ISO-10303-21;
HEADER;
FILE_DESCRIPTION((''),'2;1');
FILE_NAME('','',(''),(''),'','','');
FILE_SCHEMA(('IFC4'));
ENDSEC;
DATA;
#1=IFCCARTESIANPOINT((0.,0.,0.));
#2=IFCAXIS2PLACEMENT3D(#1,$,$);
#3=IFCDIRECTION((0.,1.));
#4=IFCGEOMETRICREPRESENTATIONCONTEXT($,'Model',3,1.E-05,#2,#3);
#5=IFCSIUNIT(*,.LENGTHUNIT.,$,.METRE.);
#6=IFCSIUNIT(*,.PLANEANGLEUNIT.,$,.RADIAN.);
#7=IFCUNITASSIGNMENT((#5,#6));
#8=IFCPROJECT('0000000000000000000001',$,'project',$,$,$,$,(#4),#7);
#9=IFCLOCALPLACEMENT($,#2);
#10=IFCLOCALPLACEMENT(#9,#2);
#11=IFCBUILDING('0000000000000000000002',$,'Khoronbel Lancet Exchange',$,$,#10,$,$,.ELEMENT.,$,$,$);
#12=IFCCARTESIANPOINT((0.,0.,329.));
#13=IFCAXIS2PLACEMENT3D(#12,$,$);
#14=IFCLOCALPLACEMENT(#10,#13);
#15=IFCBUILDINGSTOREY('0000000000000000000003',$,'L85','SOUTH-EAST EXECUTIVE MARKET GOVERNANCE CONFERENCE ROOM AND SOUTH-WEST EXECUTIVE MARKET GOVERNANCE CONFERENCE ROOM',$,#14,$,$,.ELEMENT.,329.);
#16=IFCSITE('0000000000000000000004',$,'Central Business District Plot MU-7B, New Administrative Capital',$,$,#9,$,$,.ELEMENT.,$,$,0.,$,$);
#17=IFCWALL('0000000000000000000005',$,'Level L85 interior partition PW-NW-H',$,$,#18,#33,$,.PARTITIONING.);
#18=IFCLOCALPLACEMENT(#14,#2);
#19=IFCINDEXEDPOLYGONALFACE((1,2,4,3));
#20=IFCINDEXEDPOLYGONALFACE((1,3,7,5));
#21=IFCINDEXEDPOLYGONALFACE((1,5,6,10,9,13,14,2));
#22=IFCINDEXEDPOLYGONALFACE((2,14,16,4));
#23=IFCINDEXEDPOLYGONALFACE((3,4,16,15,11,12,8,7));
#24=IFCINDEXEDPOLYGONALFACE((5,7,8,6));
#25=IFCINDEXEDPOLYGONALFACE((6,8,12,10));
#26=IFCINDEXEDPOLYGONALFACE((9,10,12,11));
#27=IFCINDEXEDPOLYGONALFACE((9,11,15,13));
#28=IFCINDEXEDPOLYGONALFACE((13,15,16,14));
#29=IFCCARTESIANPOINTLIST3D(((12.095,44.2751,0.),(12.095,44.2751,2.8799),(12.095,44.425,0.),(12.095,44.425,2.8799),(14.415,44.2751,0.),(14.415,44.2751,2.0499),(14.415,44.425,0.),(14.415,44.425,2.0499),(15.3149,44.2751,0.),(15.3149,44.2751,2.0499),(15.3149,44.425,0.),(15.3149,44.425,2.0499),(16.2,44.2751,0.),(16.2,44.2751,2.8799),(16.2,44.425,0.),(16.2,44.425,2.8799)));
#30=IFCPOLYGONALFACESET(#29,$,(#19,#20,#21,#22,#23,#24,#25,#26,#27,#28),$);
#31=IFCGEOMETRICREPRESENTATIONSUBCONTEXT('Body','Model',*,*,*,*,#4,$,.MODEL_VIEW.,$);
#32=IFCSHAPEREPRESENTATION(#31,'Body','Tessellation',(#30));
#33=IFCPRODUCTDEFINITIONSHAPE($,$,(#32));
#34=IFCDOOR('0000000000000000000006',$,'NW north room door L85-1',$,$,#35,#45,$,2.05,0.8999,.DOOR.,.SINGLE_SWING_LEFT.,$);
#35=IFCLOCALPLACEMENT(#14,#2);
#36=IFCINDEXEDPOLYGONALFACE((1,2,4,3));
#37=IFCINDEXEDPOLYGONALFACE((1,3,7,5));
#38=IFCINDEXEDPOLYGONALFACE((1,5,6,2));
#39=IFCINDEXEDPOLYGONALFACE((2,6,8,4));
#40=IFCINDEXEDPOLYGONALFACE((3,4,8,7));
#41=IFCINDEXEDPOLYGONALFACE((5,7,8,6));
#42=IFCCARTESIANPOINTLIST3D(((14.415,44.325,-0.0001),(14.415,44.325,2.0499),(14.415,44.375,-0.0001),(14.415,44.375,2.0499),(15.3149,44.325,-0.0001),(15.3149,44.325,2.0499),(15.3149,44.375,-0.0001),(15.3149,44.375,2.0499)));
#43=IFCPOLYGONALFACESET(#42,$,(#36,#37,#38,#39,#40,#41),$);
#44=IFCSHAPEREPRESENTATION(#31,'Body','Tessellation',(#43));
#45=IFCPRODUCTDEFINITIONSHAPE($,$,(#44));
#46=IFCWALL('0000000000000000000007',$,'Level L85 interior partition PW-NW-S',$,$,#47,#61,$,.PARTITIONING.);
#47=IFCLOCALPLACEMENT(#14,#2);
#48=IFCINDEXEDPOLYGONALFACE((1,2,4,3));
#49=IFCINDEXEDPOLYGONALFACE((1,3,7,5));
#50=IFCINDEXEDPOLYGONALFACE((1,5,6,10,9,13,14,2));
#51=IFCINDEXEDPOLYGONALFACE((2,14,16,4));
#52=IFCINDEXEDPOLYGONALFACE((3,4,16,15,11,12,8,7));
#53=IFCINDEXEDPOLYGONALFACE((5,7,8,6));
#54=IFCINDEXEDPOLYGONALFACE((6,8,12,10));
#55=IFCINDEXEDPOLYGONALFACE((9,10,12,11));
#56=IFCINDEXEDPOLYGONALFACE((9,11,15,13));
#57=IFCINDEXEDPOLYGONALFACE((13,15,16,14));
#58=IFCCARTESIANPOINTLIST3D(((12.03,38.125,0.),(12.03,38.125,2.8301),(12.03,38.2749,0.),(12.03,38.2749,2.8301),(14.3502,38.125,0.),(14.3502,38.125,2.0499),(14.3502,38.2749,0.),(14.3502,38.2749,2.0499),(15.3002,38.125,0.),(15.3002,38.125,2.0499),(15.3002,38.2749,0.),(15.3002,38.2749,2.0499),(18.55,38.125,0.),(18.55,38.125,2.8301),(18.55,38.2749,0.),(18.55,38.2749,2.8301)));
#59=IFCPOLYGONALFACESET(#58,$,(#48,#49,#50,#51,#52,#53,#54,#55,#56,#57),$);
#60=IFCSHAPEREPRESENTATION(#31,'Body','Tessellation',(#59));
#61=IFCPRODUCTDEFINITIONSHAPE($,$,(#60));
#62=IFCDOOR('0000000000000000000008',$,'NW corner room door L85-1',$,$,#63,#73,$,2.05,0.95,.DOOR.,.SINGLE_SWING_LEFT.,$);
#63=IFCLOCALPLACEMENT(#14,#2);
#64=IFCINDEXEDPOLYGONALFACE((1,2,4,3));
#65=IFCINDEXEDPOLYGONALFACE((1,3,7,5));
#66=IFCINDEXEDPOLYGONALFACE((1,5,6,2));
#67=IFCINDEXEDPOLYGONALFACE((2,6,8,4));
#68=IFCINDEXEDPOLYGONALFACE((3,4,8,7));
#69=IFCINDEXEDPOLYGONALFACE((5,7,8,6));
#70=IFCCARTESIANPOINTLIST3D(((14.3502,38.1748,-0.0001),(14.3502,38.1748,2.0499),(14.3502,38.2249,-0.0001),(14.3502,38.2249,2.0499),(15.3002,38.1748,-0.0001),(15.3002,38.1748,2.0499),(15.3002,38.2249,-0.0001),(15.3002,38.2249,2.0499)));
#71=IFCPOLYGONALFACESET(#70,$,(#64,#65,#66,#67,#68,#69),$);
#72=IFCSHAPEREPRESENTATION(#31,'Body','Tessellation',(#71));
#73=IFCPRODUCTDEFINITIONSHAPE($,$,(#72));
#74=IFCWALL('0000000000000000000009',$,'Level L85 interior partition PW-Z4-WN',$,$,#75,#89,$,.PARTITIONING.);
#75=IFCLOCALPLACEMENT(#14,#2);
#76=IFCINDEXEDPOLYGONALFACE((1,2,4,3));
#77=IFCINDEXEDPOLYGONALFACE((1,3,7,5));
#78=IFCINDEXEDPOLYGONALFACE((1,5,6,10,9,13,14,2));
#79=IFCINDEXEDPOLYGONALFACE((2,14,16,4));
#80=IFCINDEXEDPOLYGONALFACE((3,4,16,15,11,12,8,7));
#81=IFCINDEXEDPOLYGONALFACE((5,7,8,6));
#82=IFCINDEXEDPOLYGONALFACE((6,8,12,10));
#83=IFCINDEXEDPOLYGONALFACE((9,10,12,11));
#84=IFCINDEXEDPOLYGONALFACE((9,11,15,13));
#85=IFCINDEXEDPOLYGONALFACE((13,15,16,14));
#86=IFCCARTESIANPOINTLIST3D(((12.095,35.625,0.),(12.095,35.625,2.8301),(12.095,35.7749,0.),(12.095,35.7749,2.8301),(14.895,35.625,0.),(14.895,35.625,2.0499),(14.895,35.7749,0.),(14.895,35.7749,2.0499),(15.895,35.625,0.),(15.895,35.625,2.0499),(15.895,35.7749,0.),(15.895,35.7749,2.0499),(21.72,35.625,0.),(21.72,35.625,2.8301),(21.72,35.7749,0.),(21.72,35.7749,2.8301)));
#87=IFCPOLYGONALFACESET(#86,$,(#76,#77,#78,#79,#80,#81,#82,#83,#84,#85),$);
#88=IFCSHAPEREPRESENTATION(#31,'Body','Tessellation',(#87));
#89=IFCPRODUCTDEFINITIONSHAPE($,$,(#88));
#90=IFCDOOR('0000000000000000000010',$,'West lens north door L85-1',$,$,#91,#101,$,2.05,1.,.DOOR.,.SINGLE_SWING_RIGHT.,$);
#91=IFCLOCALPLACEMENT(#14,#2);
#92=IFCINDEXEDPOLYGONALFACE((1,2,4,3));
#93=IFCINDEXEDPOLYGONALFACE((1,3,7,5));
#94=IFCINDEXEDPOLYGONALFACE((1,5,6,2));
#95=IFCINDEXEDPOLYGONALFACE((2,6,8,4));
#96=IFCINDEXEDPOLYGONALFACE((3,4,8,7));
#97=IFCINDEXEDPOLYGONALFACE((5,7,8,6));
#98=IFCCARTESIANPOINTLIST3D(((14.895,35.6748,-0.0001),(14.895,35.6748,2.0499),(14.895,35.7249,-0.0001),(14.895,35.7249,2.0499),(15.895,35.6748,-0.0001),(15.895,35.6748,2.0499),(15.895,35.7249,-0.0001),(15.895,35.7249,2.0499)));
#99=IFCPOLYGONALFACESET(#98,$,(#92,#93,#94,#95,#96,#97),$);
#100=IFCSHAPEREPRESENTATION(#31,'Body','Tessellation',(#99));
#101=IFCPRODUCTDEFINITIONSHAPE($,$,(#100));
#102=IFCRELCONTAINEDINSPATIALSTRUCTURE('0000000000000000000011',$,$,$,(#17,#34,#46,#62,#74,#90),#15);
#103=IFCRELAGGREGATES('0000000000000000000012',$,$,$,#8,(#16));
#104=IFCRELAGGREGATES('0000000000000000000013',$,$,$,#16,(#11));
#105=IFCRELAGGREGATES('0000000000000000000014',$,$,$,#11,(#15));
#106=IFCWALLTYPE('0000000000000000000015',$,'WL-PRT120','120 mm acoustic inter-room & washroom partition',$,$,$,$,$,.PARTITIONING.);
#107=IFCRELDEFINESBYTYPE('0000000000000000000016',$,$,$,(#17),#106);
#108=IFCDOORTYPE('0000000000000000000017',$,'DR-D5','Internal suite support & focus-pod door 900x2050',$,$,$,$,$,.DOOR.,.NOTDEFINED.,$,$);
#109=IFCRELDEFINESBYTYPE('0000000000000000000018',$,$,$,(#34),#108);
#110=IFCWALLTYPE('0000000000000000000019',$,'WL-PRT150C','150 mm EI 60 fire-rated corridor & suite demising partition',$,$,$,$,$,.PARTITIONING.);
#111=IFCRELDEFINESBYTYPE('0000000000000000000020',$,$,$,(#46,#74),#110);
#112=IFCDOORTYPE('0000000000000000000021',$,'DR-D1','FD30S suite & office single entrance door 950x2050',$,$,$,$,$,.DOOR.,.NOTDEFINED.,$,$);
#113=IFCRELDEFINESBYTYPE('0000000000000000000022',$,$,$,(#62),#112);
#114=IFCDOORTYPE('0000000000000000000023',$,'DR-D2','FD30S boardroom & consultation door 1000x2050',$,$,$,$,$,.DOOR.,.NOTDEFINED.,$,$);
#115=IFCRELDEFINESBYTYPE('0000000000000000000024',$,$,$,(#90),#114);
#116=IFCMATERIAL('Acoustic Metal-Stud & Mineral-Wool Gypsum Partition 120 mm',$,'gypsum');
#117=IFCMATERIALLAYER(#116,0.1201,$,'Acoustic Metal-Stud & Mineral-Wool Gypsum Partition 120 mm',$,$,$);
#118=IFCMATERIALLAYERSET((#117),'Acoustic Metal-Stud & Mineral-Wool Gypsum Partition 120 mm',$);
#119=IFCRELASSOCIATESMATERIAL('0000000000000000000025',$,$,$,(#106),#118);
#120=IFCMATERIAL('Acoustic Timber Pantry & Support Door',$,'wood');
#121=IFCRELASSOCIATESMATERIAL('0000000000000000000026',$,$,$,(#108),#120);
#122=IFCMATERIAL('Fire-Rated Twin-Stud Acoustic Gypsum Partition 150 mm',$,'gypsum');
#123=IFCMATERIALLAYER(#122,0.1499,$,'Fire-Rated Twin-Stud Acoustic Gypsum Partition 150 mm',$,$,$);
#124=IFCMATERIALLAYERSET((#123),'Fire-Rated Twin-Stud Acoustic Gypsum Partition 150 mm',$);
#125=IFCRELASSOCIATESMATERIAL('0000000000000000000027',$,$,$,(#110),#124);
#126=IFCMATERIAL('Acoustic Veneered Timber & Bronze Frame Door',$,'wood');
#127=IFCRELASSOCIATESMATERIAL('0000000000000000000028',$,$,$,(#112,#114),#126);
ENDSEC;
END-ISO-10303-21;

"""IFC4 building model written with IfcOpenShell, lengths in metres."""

from ifc_helpers import new_model, si_unit, direction, frame, frame_2d, origin, place, context, subcontext, project, spatial, rectangle, extrude, material, layer, layer_set, type_object, element, fill, save


model = new_model("IFC4")

# Units and contexts
model_context = context("Model", 3, precision=1e-05, world=origin(), true_north=direction((0.0, 1.0)))
body_context = subcontext(model_context, "Body", "Model", "MODEL_VIEW")
ifc_project = project(units=[si_unit("LENGTHUNIT", "METRE"), si_unit("PLANEANGLEUNIT", "RADIAN")], contexts=[model_context])

# Site, building, storey
site_placement = place(None, origin())
site = spatial("IfcSite", under=ifc_project, at=site_placement, Name="Central Business District Plot MU-7B, New Administrative Capital", CompositionType="ELEMENT", RefElevation=0.0)
building_placement = place(site_placement, origin())
building = spatial("IfcBuilding", under=site, at=building_placement, Name="Khoronbel Lancet Exchange", CompositionType="ELEMENT")
storey_placement = place(building_placement, frame((0.0, 0.0, 329.0)))
storey = spatial("IfcBuildingStorey", under=building, at=storey_placement, Name="L85", Description="SOUTH-EAST EXECUTIVE MARKET GOVERNANCE CONFERENCE ROOM AND SOUTH-WEST EXECUTIVE MARKET GOVERNANCE CONFERENCE ROOM", CompositionType="ELEMENT", Elevation=329.0)

# Walls, openings, doors
ifc_material_1 = material(Name="Acoustic Metal-Stud & Mineral-Wool Gypsum Partition 120 mm", Category="gypsum")
ifc_layer_1 = layer(ifc_material_1, 0.1201, Name="Acoustic Metal-Stud & Mineral-Wool Gypsum Partition 120 mm")
ifc_layer_set_1 = layer_set([ifc_layer_1], Name="Acoustic Metal-Stud & Mineral-Wool Gypsum Partition 120 mm")
wall_type_1 = type_object("IfcWallType", Name="WL-PRT120", Description="120 mm acoustic inter-room & washroom partition", PredefinedType="PARTITIONING", material=ifc_layer_set_1)
wall_1_placement = place(storey_placement, frame((12.095, 44.3501, 0.0), z_axis=(0.0, 0.0, 1.0), x_axis=(1.0, 0.0, 0.0)))
wall_1 = element("IfcWall", 1, at=wall_1_placement, inside=storey, type_object=wall_type_1, Name="Level L85 interior partition PW-NW-H", PredefinedType="PARTITIONING", context=body_context, shape_type="SweptSolid", body=[
    extrude(rectangle(XDim=4.105, YDim=0.1499, at=frame_2d((2.0525, 0.0))), origin(), (0.0, 0.0, 1.0), 2.8799),
])
opening_1_placement = place(wall_1_placement, frame((2.3201, 0.0, 0.0)))
opening_1 = element("IfcOpeningElement", 2, at=opening_1_placement, cuts=wall_1, PredefinedType="OPENING", context=body_context, shape_type="SweptSolid", body=[
    extrude(rectangle(XDim=0.8999, YDim=2.05, at=frame_2d((0.45, 1.0249))), frame((0.0, 0.085, 0.0), z_axis=(0.0, -1.0, 0.0), x_axis=(1.0, 0.0, 0.0)), (0.0, 0.0, 1.0), 0.1699),
])
ifc_material_2 = material(Name="Acoustic Timber Pantry & Support Door", Category="wood")
door_type_1 = type_object("IfcDoorType", Name="DR-D5", Description="Internal suite support & focus-pod door 900x2050", OperationType="NOTDEFINED", PredefinedType="DOOR", material=ifc_material_2)
door_1_placement = place(opening_1_placement, origin())
door_1 = element("IfcDoor", 3, at=door_1_placement, inside=storey, type_object=door_type_1, Name="NW north room door L85-1", OperationType="SINGLE_SWING_LEFT", OverallHeight=2.05, OverallWidth=0.8999, PredefinedType="DOOR", context=body_context, shape_type="SweptSolid", body=[
    extrude(rectangle(XDim=0.8999, YDim=2.05, at=frame_2d((0.45, 1.0249))), frame((0.0, 0.0249, 0.0), z_axis=(0.0, -1.0, 0.0), x_axis=(1.0, 0.0, 0.0)), (0.0, 0.0, 1.0), 0.05),
])
fill(opening_1, door_1)
ifc_material_3 = material(Name="Fire-Rated Twin-Stud Acoustic Gypsum Partition 150 mm", Category="gypsum")
ifc_layer_2 = layer(ifc_material_3, 0.1499, Name="Fire-Rated Twin-Stud Acoustic Gypsum Partition 150 mm")
ifc_layer_set_2 = layer_set([ifc_layer_2], Name="Fire-Rated Twin-Stud Acoustic Gypsum Partition 150 mm")
wall_type_2 = type_object("IfcWallType", Name="WL-PRT150C", Description="150 mm EI 60 fire-rated corridor & suite demising partition", PredefinedType="PARTITIONING", material=ifc_layer_set_2)
wall_2_placement = place(storey_placement, frame((12.03, 38.2, 0.0), z_axis=(0.0, 0.0, 1.0), x_axis=(1.0, 0.0, 0.0)))
wall_2 = element("IfcWall", 4, at=wall_2_placement, inside=storey, type_object=wall_type_2, Name="Level L85 interior partition PW-NW-S", PredefinedType="PARTITIONING", context=body_context, shape_type="SweptSolid", body=[
    extrude(rectangle(XDim=6.52, YDim=0.1499, at=frame_2d((3.26, 0.0))), origin(), (0.0, 0.0, 1.0), 2.8301),
])
opening_2_placement = place(wall_2_placement, frame((2.3201, 0.0, 0.0)))
opening_2 = element("IfcOpeningElement", 5, at=opening_2_placement, cuts=wall_2, PredefinedType="OPENING", context=body_context, shape_type="SweptSolid", body=[
    extrude(rectangle(XDim=0.95, YDim=2.05, at=frame_2d((0.4751, 1.0249))), frame((0.0, 0.085, 0.0), z_axis=(0.0, -1.0, 0.0), x_axis=(1.0, 0.0, 0.0)), (0.0, 0.0, 1.0), 0.1699),
])
ifc_material_4 = material(Name="Acoustic Veneered Timber & Bronze Frame Door", Category="wood")
door_type_2 = type_object("IfcDoorType", Name="DR-D1", Description="FD30S suite & office single entrance door 950x2050", OperationType="NOTDEFINED", PredefinedType="DOOR", material=ifc_material_4)
door_2_placement = place(opening_2_placement, origin())
door_2 = element("IfcDoor", 6, at=door_2_placement, inside=storey, type_object=door_type_2, Name="NW corner room door L85-1", OperationType="SINGLE_SWING_LEFT", OverallHeight=2.05, OverallWidth=0.95, PredefinedType="DOOR", context=body_context, shape_type="SweptSolid", body=[
    extrude(rectangle(XDim=0.95, YDim=2.05, at=frame_2d((0.4751, 1.0249))), frame((0.0, 0.0249, 0.0), z_axis=(0.0, -1.0, 0.0), x_axis=(1.0, 0.0, 0.0)), (0.0, 0.0, 1.0), 0.05),
])
fill(opening_2, door_2)
wall_3_placement = place(storey_placement, frame((12.095, 35.7, 0.0), z_axis=(0.0, 0.0, 1.0), x_axis=(1.0, 0.0, 0.0)))
wall_3 = element("IfcWall", 7, at=wall_3_placement, inside=storey, type_object=wall_type_2, Name="Level L85 interior partition PW-Z4-WN", PredefinedType="PARTITIONING", context=body_context, shape_type="SweptSolid", body=[
    extrude(rectangle(XDim=9.625, YDim=0.1499, at=frame_2d((4.8125, 0.0))), origin(), (0.0, 0.0, 1.0), 2.8301),
])
opening_3_placement = place(wall_3_placement, frame((2.8, 0.0, 0.0)))
opening_3 = element("IfcOpeningElement", 8, at=opening_3_placement, cuts=wall_3, PredefinedType="OPENING", context=body_context, shape_type="SweptSolid", body=[
    extrude(rectangle(XDim=1.0, YDim=2.05, at=frame_2d((0.5, 1.0249))), frame((0.0, 0.085, 0.0), z_axis=(0.0, -1.0, 0.0), x_axis=(1.0, 0.0, 0.0)), (0.0, 0.0, 1.0), 0.1699),
])
door_type_3 = type_object("IfcDoorType", Name="DR-D2", Description="FD30S boardroom & consultation door 1000x2050", OperationType="NOTDEFINED", PredefinedType="DOOR", material=ifc_material_4)
door_3_placement = place(opening_3_placement, origin())
door_3 = element("IfcDoor", 9, at=door_3_placement, inside=storey, type_object=door_type_3, Name="West lens north door L85-1", OperationType="SINGLE_SWING_RIGHT", OverallHeight=2.05, OverallWidth=1.0, PredefinedType="DOOR", context=body_context, shape_type="SweptSolid", body=[
    extrude(rectangle(XDim=1.0, YDim=2.05, at=frame_2d((0.5, 1.0249))), frame((0.0, 0.0249, 0.0), z_axis=(0.0, -1.0, 0.0), x_axis=(1.0, 0.0, 0.0)), (0.0, 0.0, 1.0), 0.05),
])
fill(opening_3, door_3)

save(model, "model.ifc")
